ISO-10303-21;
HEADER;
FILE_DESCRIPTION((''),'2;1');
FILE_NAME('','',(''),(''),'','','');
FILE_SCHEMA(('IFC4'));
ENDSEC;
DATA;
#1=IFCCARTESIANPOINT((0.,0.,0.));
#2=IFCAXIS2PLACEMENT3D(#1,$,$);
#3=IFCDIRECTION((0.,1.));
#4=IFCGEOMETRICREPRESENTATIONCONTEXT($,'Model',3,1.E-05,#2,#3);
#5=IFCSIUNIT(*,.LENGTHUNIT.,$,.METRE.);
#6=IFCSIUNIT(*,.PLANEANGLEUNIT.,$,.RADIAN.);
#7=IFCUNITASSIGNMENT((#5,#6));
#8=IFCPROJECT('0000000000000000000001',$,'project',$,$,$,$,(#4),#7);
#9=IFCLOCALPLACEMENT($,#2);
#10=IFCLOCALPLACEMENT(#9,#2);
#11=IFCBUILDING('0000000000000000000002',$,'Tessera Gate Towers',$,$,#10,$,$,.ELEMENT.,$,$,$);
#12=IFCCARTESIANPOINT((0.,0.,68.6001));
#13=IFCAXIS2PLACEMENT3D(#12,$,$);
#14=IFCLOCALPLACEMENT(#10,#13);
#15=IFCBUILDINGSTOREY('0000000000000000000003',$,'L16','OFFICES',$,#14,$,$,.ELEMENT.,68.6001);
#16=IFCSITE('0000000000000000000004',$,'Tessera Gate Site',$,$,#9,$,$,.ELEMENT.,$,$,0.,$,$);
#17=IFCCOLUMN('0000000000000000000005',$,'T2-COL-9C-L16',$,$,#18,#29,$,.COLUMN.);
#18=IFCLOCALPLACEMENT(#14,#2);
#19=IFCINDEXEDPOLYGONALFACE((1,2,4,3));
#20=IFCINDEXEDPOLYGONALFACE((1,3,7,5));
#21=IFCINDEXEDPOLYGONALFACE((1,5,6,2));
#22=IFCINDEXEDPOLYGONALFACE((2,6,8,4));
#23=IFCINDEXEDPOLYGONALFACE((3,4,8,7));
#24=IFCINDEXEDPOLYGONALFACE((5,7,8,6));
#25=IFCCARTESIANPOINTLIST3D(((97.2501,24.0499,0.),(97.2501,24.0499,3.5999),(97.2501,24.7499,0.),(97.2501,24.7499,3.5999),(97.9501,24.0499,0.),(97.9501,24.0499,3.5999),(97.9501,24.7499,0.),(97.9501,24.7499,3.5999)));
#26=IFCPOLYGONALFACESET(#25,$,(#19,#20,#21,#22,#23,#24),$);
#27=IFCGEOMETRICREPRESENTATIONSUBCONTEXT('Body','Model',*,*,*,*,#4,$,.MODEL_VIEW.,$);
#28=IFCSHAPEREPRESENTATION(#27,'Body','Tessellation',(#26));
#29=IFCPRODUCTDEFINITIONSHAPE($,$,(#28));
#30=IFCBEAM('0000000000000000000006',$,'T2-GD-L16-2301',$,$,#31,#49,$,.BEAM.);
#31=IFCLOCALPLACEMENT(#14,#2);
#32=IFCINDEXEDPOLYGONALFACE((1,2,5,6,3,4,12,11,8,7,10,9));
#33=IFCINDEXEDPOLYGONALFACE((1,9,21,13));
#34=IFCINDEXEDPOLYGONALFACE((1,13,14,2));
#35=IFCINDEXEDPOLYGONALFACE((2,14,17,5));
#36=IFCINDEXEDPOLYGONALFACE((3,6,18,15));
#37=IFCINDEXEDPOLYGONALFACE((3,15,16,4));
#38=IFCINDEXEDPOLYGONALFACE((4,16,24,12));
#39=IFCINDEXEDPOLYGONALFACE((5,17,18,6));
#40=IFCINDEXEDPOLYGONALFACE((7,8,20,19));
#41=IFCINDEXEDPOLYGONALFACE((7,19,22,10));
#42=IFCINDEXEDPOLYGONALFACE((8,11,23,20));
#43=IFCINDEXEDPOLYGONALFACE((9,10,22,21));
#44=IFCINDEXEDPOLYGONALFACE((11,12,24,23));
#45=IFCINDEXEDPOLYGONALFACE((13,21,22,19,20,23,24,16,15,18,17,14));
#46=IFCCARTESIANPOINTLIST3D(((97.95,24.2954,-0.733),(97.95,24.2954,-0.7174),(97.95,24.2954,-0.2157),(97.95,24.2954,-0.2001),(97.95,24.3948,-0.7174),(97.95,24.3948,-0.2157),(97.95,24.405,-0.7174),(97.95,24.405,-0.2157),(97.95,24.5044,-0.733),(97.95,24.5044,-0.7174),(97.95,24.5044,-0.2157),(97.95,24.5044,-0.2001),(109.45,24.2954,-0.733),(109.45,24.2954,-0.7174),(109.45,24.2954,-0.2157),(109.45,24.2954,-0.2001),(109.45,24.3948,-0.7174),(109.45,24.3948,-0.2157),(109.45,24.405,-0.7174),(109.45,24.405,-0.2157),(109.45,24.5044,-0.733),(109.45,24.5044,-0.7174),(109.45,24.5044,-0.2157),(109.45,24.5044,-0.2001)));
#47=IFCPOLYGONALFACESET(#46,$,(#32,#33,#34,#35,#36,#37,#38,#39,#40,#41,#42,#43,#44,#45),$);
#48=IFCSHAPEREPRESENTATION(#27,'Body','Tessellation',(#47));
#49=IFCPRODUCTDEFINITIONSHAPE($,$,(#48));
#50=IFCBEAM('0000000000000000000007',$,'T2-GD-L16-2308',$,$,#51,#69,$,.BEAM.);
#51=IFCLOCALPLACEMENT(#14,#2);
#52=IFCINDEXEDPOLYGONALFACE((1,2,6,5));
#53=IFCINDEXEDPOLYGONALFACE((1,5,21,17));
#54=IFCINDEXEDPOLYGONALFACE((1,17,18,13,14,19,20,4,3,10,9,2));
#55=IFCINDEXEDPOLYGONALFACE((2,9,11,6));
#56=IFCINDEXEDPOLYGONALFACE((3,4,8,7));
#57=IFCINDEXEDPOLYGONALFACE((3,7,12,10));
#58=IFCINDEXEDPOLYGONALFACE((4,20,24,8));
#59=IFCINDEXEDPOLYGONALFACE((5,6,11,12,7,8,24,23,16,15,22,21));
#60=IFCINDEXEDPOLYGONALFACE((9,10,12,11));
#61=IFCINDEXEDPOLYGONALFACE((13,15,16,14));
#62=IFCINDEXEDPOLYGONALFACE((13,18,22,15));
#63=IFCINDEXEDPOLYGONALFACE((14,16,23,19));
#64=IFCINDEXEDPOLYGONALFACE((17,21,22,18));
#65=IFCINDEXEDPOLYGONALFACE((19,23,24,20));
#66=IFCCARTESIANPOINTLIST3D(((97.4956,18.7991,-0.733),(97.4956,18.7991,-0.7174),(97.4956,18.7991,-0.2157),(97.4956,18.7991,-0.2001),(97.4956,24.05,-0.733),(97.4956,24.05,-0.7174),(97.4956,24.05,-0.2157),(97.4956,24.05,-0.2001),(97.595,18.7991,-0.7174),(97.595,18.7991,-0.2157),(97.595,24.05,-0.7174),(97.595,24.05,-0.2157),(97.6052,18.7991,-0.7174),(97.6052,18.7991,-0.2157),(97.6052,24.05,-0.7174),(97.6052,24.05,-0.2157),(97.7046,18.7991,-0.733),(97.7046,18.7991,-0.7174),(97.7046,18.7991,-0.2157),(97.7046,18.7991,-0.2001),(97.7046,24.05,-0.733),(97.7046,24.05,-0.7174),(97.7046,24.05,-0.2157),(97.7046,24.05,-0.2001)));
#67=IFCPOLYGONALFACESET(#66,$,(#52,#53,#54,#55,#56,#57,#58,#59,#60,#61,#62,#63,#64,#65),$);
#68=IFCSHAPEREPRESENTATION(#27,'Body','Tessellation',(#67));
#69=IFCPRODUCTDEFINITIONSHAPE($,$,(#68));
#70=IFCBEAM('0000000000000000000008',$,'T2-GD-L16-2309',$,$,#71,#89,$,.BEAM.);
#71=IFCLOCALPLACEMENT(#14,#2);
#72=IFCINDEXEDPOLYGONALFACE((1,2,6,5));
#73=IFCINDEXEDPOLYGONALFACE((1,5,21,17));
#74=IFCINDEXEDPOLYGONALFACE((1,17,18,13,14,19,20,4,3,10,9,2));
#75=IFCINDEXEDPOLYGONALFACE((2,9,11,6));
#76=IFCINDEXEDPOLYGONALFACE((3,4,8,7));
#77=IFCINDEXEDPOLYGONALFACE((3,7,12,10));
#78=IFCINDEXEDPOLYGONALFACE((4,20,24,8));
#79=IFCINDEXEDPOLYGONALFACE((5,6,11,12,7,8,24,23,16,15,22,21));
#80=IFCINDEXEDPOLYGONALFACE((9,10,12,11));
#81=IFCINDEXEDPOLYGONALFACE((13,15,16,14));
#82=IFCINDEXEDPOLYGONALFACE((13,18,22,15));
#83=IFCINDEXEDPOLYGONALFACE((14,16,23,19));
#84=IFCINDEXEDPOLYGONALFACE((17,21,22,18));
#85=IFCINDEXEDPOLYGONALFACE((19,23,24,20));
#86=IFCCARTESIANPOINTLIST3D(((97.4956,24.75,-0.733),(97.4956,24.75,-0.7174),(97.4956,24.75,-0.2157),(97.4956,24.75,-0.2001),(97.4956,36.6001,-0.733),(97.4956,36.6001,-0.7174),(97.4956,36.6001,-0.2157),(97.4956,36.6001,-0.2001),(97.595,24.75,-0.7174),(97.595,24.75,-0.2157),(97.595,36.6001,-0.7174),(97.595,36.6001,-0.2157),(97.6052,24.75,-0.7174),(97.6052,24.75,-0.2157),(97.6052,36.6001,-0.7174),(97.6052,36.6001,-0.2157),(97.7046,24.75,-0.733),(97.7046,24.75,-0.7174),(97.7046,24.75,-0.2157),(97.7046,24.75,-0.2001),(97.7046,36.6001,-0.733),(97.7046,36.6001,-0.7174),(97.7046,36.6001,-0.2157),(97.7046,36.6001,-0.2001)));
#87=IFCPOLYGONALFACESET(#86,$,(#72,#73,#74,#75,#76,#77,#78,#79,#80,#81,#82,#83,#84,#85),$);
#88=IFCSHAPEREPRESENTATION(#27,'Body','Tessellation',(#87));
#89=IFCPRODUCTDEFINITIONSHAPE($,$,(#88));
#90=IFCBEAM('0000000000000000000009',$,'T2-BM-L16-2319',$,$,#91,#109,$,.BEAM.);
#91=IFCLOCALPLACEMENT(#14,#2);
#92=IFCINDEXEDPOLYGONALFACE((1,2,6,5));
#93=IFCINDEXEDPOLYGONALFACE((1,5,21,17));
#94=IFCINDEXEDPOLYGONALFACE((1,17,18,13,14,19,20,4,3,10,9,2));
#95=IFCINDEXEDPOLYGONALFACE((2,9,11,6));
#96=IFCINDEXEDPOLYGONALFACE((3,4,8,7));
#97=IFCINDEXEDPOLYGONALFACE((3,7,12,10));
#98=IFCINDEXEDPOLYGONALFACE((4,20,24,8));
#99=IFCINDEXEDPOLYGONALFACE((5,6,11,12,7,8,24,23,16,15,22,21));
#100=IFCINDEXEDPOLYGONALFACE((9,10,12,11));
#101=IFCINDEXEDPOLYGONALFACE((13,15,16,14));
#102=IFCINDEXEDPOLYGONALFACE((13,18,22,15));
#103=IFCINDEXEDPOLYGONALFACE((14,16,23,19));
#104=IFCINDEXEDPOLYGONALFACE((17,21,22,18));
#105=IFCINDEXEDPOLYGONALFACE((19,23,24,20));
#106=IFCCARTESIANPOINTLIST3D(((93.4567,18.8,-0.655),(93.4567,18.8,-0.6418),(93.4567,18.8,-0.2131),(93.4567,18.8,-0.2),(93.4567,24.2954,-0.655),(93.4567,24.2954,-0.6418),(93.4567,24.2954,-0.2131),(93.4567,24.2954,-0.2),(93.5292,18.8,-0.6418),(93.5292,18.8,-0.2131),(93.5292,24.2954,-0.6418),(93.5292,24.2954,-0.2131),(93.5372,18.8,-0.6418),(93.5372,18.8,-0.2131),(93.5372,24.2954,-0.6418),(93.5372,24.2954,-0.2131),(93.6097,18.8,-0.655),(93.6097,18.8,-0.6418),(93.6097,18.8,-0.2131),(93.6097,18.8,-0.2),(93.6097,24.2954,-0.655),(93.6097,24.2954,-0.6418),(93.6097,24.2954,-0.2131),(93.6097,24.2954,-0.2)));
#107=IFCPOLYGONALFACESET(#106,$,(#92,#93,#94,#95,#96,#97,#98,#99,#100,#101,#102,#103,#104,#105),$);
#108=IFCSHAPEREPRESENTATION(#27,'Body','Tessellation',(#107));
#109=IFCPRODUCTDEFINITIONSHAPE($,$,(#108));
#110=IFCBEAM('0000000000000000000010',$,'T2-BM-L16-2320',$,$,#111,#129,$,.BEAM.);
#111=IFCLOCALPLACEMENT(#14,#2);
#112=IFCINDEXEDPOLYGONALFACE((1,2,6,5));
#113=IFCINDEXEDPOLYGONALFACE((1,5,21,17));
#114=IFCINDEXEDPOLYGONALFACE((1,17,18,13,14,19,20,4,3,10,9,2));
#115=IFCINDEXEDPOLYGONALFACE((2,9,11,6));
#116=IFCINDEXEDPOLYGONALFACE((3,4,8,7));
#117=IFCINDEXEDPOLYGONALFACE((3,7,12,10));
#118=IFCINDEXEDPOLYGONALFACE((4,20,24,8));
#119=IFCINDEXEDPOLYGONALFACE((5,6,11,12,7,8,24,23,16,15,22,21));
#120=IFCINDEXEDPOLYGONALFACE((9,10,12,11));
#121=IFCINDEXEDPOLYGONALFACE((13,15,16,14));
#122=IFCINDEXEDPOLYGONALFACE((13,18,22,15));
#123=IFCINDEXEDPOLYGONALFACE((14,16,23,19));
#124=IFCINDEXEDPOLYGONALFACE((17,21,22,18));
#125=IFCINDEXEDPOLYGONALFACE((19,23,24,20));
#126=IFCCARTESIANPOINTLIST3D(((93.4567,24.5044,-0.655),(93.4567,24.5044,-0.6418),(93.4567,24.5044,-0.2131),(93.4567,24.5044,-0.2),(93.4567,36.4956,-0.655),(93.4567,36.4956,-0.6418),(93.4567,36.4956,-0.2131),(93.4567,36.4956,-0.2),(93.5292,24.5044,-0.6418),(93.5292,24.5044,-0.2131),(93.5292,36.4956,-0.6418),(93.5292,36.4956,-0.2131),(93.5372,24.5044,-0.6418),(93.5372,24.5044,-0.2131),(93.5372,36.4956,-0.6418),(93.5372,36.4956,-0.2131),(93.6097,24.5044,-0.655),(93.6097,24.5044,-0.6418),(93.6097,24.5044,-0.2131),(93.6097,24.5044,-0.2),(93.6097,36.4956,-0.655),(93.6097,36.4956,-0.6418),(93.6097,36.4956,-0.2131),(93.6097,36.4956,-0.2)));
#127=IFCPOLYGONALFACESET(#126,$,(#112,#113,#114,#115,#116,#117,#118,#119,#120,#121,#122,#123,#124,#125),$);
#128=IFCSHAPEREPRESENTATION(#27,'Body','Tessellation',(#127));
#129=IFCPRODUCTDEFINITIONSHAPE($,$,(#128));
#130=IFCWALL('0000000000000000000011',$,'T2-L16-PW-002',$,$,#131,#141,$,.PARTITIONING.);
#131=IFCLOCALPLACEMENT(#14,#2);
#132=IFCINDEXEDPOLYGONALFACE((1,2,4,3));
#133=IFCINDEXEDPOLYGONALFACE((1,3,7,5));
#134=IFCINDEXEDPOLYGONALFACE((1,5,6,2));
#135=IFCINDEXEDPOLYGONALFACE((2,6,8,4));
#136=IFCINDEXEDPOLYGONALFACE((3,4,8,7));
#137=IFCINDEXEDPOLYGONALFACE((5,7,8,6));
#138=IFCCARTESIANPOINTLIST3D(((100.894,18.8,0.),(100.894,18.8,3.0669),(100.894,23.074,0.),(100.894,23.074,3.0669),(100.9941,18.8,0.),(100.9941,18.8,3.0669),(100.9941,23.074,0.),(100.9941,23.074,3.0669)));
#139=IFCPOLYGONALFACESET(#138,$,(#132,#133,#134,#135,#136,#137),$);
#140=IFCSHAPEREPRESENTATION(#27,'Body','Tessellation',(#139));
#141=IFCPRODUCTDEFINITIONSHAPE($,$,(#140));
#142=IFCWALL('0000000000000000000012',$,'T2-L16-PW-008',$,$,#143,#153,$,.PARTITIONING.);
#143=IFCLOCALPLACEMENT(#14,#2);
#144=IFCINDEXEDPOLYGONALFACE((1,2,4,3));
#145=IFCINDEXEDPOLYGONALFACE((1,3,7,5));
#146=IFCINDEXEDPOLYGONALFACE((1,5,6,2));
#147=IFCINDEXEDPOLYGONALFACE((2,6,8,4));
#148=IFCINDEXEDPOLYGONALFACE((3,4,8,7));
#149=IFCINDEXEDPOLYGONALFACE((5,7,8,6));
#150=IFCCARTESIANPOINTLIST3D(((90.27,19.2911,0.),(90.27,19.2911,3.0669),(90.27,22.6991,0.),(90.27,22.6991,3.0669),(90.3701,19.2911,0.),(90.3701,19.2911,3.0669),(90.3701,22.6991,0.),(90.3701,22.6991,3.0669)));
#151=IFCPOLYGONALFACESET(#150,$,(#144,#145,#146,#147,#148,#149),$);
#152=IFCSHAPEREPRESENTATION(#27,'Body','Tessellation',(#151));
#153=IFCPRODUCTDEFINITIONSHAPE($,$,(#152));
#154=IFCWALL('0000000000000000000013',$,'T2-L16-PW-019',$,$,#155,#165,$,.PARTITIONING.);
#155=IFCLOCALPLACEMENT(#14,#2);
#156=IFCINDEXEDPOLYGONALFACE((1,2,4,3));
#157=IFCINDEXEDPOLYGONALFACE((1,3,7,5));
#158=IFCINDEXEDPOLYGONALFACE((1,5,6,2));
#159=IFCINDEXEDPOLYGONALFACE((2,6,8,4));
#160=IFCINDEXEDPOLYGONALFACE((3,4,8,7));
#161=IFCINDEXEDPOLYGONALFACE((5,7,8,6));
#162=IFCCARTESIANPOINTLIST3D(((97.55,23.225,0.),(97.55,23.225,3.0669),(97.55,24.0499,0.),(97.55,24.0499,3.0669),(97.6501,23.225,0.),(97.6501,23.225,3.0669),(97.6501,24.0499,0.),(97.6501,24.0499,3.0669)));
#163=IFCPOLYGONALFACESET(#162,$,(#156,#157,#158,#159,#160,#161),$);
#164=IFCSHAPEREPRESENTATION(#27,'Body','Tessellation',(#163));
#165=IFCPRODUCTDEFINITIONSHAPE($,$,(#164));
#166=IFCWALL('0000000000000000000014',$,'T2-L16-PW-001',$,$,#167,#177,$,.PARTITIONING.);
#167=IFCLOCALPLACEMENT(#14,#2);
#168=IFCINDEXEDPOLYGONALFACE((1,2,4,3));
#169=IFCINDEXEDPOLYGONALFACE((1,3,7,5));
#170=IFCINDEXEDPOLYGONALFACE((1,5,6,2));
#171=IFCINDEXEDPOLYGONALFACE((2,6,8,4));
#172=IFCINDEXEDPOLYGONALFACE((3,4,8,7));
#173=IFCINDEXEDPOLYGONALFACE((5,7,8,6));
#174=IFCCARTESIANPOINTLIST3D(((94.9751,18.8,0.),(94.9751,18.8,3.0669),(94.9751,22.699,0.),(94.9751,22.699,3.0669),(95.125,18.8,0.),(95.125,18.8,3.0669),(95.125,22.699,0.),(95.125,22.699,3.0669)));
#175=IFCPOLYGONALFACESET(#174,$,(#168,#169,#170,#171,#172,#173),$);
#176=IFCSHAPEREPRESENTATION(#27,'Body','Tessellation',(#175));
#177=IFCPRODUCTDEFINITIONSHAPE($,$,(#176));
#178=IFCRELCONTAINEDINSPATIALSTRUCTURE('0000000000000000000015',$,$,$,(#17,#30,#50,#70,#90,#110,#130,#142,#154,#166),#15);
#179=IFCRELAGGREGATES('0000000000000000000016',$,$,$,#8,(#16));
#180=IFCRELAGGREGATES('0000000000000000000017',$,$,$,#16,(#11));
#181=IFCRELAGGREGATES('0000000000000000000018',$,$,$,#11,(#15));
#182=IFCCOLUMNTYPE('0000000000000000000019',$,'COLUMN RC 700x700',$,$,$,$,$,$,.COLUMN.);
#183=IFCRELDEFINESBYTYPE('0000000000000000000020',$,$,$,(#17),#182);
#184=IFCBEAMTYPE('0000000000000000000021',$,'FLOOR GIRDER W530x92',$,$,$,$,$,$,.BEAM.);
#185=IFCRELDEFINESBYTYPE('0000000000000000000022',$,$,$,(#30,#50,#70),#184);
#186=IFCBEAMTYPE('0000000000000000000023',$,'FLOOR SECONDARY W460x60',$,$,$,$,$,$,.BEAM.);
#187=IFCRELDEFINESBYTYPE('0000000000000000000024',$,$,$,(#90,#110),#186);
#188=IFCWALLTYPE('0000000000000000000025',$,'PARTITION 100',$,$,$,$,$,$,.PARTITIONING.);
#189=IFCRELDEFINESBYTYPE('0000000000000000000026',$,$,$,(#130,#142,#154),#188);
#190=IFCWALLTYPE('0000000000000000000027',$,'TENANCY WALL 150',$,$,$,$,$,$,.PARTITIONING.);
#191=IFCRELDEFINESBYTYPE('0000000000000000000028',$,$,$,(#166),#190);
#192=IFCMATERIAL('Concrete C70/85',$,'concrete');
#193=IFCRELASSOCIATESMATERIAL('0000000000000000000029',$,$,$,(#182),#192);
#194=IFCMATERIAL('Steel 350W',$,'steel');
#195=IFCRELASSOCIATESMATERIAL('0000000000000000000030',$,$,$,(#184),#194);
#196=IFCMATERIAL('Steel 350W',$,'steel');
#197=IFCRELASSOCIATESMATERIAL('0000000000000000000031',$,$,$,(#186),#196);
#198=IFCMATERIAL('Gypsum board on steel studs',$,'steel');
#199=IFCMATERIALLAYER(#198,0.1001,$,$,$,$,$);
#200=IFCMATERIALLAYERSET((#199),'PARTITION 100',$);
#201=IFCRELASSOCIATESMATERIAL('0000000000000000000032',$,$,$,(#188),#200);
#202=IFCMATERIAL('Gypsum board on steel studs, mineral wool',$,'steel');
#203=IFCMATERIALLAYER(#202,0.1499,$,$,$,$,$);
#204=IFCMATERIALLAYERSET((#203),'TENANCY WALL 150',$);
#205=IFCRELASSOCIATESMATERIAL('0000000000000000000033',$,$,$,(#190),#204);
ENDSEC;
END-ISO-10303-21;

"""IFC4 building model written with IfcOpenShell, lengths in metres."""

from ifc_helpers import new_model, si_unit, direction, frame, frame_2d, origin, origin_2d, place, context, subcontext, project, spatial, rectangle, i_section, extrude, material, layer, layer_set, material_profile, profile_set, type_object, element, save


model = new_model("IFC4")

# Units and contexts
model_context = context("Model", 3, precision=1e-05, world=origin(), true_north=direction((0.0, 1.0)))
body_context = subcontext(model_context, "Body", "Model", "MODEL_VIEW")
ifc_project = project(units=[si_unit("LENGTHUNIT", "METRE"), si_unit("PLANEANGLEUNIT", "RADIAN")], contexts=[model_context])

# Site, building, storey
site_placement = place(None, origin())
site = spatial("IfcSite", under=ifc_project, at=site_placement, Name="Tessera Gate Site", CompositionType="ELEMENT", RefElevation=0.0)
building_placement = place(site_placement, origin())
building = spatial("IfcBuilding", under=site, at=building_placement, Name="Tessera Gate Towers", CompositionType="ELEMENT")
storey_placement = place(building_placement, frame((0.0, 0.0, 68.6001)))
storey = spatial("IfcBuildingStorey", under=building, at=storey_placement, Name="L16", Description="OFFICES", CompositionType="ELEMENT", Elevation=68.6001)

# Column
ifc_material_1 = material(Name="Concrete C70/85", Category="concrete")
ifc_material_profile_1 = material_profile(ifc_material_1, rectangle(XDim=0.7, YDim=0.7, at=origin_2d()), Name="RC 700x700")
ifc_profile_set_1 = profile_set([ifc_material_profile_1], Name="Concrete C70/85")
column_type = type_object("IfcColumnType", Name="COLUMN RC 700x700", PredefinedType="COLUMN", material=ifc_profile_set_1)
column_placement = place(storey_placement, frame((97.6001, 24.3999, 0.0), z_axis=(0.0, 0.0, 1.0), x_axis=(1.0, 0.0, 0.0)))
element("IfcColumn", 1, at=column_placement, inside=storey, type_object=column_type, Name="T2-COL-9C-L16", PredefinedType="COLUMN", context=body_context, shape_type="SweptSolid", body=[
    extrude(rectangle(XDim=0.7, YDim=0.7, at=origin_2d()), origin(), (0.0, 0.0, 1.0), 3.5999),
])

# Beams
ifc_material_2 = material(Name="Steel 350W", Category="steel")
ifc_material_profile_2 = material_profile(ifc_material_2, i_section(OverallWidth=0.209, OverallDepth=0.533, WebThickness=0.0103, FlangeThickness=0.0156, at=origin_2d()), Name="W530x92")
ifc_profile_set_2 = profile_set([ifc_material_profile_2], Name="Steel 350W")
beam_type_1 = type_object("IfcBeamType", Name="FLOOR GIRDER W530x92", PredefinedType="BEAM", material=ifc_profile_set_2)
beam_1_placement = place(storey_placement, frame((97.95, 24.3999, -0.4666), z_axis=(1.0, 0.0, 0.0), x_axis=(0.0, 1.0, 0.0)))
element("IfcBeam", 2, at=beam_1_placement, inside=storey, type_object=beam_type_1, Name="T2-GD-L16-2301", PredefinedType="BEAM", context=body_context, shape_type="SweptSolid", body=[
    extrude(i_section(OverallWidth=0.209, OverallDepth=0.533, WebThickness=0.0103, FlangeThickness=0.0156, at=origin_2d()), origin(), (0.0, 0.0, 1.0), 11.5),
])
beam_2_placement = place(storey_placement, frame((97.6001, 18.7991, -0.4666), z_axis=(0.0, 1.0, 0.0), x_axis=(-1.0, 0.0, 0.0)))
element("IfcBeam", 3, at=beam_2_placement, inside=storey, type_object=beam_type_1, Name="T2-GD-L16-2308", PredefinedType="BEAM", context=body_context, shape_type="SweptSolid", body=[
    extrude(i_section(OverallWidth=0.209, OverallDepth=0.533, WebThickness=0.0103, FlangeThickness=0.0156, at=origin_2d()), origin(), (0.0, 0.0, 1.0), 5.251),
])
beam_3_placement = place(storey_placement, frame((97.6001, 24.75, -0.4666), z_axis=(0.0, 1.0, 0.0), x_axis=(-1.0, 0.0, 0.0)))
element("IfcBeam", 4, at=beam_3_placement, inside=storey, type_object=beam_type_1, Name="T2-GD-L16-2309", PredefinedType="BEAM", context=body_context, shape_type="SweptSolid", body=[
    extrude(i_section(OverallWidth=0.209, OverallDepth=0.533, WebThickness=0.0103, FlangeThickness=0.0156, at=origin_2d()), origin(), (0.0, 0.0, 1.0), 11.8501),
])
ifc_material_3 = material(Name="Steel 350W", Category="steel")
ifc_material_profile_3 = material_profile(ifc_material_3, i_section(OverallWidth=0.1531, OverallDepth=0.4551, WebThickness=0.0081, FlangeThickness=0.0132, at=origin_2d()), Name="W460x60")
ifc_profile_set_3 = profile_set([ifc_material_profile_3], Name="Steel 350W")
beam_type_2 = type_object("IfcBeamType", Name="FLOOR SECONDARY W460x60", PredefinedType="BEAM", material=ifc_profile_set_3)
beam_4_placement = place(storey_placement, frame((93.5332, 18.8, -0.4275), z_axis=(0.0, 1.0, 0.0), x_axis=(-1.0, 0.0, 0.0)))
element("IfcBeam", 5, at=beam_4_placement, inside=storey, type_object=beam_type_2, Name="T2-BM-L16-2319", PredefinedType="BEAM", context=body_context, shape_type="SweptSolid", body=[
    extrude(i_section(OverallWidth=0.1531, OverallDepth=0.4551, WebThickness=0.0081, FlangeThickness=0.0132, at=origin_2d()), origin(), (0.0, 0.0, 1.0), 5.4954),
])
beam_5_placement = place(storey_placement, frame((93.5332, 24.5044, -0.4275), z_axis=(0.0, 1.0, 0.0), x_axis=(-1.0, 0.0, 0.0)))
element("IfcBeam", 6, at=beam_5_placement, inside=storey, type_object=beam_type_2, Name="T2-BM-L16-2320", PredefinedType="BEAM", context=body_context, shape_type="SweptSolid", body=[
    extrude(i_section(OverallWidth=0.1531, OverallDepth=0.4551, WebThickness=0.0081, FlangeThickness=0.0132, at=origin_2d()), origin(), (0.0, 0.0, 1.0), 11.9912),
])

# Walls
ifc_material_4 = material(Name="Gypsum board on steel studs", Category="steel")
ifc_layer_1 = layer(ifc_material_4, 0.1001)
ifc_layer_set_1 = layer_set([ifc_layer_1], Name="PARTITION 100")
wall_type_1 = type_object("IfcWallType", Name="PARTITION 100", PredefinedType="PARTITIONING", material=ifc_layer_set_1)
wall_1_placement = place(storey_placement, frame((100.9441, 18.8, 0.0), z_axis=(0.0, 0.0, 1.0), x_axis=(0.0, 1.0, 0.0)))
element("IfcWall", 7, at=wall_1_placement, inside=storey, type_object=wall_type_1, Name="T2-L16-PW-002", PredefinedType="PARTITIONING", context=body_context, shape_type="SweptSolid", body=[
    extrude(rectangle(XDim=4.2739, YDim=0.1001, at=frame_2d((2.137, 0.0))), origin(), (0.0, 0.0, 1.0), 3.0669),
])
wall_2_placement = place(storey_placement, frame((90.3201, 19.291, 0.0), z_axis=(0.0, 0.0, 1.0), x_axis=(0.0, 1.0, 0.0)))
element("IfcWall", 8, at=wall_2_placement, inside=storey, type_object=wall_type_1, Name="T2-L16-PW-008", PredefinedType="PARTITIONING", context=body_context, shape_type="SweptSolid", body=[
    extrude(rectangle(XDim=3.408, YDim=0.1001, at=frame_2d((1.7041, 0.0))), origin(), (0.0, 0.0, 1.0), 3.0669),
])
wall_3_placement = place(storey_placement, frame((97.6001, 24.05, 0.0), z_axis=(0.0, 0.0, 1.0), x_axis=(0.0, -1.0, 0.0)))
element("IfcWall", 9, at=wall_3_placement, inside=storey, type_object=wall_type_1, Name="T2-L16-PW-019", PredefinedType="PARTITIONING", context=body_context, shape_type="SweptSolid", body=[
    extrude(rectangle(XDim=0.825, YDim=0.1001, at=frame_2d((0.4126, 0.0))), origin(), (0.0, 0.0, 1.0), 3.0669),
])
ifc_material_5 = material(Name="Gypsum board on steel studs, mineral wool", Category="steel")
ifc_layer_2 = layer(ifc_material_5, 0.1499)
ifc_layer_set_2 = layer_set([ifc_layer_2], Name="TENANCY WALL 150")
wall_type_2 = type_object("IfcWallType", Name="TENANCY WALL 150", PredefinedType="PARTITIONING", material=ifc_layer_set_2)
wall_4_placement = place(storey_placement, frame((95.05, 18.8, 0.0), z_axis=(0.0, 0.0, 1.0), x_axis=(0.0, 1.0, 0.0)))
element("IfcWall", 10, at=wall_4_placement, inside=storey, type_object=wall_type_2, Name="T2-L16-PW-001", PredefinedType="PARTITIONING", context=body_context, shape_type="SweptSolid", body=[
    extrude(rectangle(XDim=3.8989, YDim=0.1499, at=frame_2d((1.9495, 0.0))), origin(), (0.0, 0.0, 1.0), 3.0669),
])

save(model, "model.ifc")
